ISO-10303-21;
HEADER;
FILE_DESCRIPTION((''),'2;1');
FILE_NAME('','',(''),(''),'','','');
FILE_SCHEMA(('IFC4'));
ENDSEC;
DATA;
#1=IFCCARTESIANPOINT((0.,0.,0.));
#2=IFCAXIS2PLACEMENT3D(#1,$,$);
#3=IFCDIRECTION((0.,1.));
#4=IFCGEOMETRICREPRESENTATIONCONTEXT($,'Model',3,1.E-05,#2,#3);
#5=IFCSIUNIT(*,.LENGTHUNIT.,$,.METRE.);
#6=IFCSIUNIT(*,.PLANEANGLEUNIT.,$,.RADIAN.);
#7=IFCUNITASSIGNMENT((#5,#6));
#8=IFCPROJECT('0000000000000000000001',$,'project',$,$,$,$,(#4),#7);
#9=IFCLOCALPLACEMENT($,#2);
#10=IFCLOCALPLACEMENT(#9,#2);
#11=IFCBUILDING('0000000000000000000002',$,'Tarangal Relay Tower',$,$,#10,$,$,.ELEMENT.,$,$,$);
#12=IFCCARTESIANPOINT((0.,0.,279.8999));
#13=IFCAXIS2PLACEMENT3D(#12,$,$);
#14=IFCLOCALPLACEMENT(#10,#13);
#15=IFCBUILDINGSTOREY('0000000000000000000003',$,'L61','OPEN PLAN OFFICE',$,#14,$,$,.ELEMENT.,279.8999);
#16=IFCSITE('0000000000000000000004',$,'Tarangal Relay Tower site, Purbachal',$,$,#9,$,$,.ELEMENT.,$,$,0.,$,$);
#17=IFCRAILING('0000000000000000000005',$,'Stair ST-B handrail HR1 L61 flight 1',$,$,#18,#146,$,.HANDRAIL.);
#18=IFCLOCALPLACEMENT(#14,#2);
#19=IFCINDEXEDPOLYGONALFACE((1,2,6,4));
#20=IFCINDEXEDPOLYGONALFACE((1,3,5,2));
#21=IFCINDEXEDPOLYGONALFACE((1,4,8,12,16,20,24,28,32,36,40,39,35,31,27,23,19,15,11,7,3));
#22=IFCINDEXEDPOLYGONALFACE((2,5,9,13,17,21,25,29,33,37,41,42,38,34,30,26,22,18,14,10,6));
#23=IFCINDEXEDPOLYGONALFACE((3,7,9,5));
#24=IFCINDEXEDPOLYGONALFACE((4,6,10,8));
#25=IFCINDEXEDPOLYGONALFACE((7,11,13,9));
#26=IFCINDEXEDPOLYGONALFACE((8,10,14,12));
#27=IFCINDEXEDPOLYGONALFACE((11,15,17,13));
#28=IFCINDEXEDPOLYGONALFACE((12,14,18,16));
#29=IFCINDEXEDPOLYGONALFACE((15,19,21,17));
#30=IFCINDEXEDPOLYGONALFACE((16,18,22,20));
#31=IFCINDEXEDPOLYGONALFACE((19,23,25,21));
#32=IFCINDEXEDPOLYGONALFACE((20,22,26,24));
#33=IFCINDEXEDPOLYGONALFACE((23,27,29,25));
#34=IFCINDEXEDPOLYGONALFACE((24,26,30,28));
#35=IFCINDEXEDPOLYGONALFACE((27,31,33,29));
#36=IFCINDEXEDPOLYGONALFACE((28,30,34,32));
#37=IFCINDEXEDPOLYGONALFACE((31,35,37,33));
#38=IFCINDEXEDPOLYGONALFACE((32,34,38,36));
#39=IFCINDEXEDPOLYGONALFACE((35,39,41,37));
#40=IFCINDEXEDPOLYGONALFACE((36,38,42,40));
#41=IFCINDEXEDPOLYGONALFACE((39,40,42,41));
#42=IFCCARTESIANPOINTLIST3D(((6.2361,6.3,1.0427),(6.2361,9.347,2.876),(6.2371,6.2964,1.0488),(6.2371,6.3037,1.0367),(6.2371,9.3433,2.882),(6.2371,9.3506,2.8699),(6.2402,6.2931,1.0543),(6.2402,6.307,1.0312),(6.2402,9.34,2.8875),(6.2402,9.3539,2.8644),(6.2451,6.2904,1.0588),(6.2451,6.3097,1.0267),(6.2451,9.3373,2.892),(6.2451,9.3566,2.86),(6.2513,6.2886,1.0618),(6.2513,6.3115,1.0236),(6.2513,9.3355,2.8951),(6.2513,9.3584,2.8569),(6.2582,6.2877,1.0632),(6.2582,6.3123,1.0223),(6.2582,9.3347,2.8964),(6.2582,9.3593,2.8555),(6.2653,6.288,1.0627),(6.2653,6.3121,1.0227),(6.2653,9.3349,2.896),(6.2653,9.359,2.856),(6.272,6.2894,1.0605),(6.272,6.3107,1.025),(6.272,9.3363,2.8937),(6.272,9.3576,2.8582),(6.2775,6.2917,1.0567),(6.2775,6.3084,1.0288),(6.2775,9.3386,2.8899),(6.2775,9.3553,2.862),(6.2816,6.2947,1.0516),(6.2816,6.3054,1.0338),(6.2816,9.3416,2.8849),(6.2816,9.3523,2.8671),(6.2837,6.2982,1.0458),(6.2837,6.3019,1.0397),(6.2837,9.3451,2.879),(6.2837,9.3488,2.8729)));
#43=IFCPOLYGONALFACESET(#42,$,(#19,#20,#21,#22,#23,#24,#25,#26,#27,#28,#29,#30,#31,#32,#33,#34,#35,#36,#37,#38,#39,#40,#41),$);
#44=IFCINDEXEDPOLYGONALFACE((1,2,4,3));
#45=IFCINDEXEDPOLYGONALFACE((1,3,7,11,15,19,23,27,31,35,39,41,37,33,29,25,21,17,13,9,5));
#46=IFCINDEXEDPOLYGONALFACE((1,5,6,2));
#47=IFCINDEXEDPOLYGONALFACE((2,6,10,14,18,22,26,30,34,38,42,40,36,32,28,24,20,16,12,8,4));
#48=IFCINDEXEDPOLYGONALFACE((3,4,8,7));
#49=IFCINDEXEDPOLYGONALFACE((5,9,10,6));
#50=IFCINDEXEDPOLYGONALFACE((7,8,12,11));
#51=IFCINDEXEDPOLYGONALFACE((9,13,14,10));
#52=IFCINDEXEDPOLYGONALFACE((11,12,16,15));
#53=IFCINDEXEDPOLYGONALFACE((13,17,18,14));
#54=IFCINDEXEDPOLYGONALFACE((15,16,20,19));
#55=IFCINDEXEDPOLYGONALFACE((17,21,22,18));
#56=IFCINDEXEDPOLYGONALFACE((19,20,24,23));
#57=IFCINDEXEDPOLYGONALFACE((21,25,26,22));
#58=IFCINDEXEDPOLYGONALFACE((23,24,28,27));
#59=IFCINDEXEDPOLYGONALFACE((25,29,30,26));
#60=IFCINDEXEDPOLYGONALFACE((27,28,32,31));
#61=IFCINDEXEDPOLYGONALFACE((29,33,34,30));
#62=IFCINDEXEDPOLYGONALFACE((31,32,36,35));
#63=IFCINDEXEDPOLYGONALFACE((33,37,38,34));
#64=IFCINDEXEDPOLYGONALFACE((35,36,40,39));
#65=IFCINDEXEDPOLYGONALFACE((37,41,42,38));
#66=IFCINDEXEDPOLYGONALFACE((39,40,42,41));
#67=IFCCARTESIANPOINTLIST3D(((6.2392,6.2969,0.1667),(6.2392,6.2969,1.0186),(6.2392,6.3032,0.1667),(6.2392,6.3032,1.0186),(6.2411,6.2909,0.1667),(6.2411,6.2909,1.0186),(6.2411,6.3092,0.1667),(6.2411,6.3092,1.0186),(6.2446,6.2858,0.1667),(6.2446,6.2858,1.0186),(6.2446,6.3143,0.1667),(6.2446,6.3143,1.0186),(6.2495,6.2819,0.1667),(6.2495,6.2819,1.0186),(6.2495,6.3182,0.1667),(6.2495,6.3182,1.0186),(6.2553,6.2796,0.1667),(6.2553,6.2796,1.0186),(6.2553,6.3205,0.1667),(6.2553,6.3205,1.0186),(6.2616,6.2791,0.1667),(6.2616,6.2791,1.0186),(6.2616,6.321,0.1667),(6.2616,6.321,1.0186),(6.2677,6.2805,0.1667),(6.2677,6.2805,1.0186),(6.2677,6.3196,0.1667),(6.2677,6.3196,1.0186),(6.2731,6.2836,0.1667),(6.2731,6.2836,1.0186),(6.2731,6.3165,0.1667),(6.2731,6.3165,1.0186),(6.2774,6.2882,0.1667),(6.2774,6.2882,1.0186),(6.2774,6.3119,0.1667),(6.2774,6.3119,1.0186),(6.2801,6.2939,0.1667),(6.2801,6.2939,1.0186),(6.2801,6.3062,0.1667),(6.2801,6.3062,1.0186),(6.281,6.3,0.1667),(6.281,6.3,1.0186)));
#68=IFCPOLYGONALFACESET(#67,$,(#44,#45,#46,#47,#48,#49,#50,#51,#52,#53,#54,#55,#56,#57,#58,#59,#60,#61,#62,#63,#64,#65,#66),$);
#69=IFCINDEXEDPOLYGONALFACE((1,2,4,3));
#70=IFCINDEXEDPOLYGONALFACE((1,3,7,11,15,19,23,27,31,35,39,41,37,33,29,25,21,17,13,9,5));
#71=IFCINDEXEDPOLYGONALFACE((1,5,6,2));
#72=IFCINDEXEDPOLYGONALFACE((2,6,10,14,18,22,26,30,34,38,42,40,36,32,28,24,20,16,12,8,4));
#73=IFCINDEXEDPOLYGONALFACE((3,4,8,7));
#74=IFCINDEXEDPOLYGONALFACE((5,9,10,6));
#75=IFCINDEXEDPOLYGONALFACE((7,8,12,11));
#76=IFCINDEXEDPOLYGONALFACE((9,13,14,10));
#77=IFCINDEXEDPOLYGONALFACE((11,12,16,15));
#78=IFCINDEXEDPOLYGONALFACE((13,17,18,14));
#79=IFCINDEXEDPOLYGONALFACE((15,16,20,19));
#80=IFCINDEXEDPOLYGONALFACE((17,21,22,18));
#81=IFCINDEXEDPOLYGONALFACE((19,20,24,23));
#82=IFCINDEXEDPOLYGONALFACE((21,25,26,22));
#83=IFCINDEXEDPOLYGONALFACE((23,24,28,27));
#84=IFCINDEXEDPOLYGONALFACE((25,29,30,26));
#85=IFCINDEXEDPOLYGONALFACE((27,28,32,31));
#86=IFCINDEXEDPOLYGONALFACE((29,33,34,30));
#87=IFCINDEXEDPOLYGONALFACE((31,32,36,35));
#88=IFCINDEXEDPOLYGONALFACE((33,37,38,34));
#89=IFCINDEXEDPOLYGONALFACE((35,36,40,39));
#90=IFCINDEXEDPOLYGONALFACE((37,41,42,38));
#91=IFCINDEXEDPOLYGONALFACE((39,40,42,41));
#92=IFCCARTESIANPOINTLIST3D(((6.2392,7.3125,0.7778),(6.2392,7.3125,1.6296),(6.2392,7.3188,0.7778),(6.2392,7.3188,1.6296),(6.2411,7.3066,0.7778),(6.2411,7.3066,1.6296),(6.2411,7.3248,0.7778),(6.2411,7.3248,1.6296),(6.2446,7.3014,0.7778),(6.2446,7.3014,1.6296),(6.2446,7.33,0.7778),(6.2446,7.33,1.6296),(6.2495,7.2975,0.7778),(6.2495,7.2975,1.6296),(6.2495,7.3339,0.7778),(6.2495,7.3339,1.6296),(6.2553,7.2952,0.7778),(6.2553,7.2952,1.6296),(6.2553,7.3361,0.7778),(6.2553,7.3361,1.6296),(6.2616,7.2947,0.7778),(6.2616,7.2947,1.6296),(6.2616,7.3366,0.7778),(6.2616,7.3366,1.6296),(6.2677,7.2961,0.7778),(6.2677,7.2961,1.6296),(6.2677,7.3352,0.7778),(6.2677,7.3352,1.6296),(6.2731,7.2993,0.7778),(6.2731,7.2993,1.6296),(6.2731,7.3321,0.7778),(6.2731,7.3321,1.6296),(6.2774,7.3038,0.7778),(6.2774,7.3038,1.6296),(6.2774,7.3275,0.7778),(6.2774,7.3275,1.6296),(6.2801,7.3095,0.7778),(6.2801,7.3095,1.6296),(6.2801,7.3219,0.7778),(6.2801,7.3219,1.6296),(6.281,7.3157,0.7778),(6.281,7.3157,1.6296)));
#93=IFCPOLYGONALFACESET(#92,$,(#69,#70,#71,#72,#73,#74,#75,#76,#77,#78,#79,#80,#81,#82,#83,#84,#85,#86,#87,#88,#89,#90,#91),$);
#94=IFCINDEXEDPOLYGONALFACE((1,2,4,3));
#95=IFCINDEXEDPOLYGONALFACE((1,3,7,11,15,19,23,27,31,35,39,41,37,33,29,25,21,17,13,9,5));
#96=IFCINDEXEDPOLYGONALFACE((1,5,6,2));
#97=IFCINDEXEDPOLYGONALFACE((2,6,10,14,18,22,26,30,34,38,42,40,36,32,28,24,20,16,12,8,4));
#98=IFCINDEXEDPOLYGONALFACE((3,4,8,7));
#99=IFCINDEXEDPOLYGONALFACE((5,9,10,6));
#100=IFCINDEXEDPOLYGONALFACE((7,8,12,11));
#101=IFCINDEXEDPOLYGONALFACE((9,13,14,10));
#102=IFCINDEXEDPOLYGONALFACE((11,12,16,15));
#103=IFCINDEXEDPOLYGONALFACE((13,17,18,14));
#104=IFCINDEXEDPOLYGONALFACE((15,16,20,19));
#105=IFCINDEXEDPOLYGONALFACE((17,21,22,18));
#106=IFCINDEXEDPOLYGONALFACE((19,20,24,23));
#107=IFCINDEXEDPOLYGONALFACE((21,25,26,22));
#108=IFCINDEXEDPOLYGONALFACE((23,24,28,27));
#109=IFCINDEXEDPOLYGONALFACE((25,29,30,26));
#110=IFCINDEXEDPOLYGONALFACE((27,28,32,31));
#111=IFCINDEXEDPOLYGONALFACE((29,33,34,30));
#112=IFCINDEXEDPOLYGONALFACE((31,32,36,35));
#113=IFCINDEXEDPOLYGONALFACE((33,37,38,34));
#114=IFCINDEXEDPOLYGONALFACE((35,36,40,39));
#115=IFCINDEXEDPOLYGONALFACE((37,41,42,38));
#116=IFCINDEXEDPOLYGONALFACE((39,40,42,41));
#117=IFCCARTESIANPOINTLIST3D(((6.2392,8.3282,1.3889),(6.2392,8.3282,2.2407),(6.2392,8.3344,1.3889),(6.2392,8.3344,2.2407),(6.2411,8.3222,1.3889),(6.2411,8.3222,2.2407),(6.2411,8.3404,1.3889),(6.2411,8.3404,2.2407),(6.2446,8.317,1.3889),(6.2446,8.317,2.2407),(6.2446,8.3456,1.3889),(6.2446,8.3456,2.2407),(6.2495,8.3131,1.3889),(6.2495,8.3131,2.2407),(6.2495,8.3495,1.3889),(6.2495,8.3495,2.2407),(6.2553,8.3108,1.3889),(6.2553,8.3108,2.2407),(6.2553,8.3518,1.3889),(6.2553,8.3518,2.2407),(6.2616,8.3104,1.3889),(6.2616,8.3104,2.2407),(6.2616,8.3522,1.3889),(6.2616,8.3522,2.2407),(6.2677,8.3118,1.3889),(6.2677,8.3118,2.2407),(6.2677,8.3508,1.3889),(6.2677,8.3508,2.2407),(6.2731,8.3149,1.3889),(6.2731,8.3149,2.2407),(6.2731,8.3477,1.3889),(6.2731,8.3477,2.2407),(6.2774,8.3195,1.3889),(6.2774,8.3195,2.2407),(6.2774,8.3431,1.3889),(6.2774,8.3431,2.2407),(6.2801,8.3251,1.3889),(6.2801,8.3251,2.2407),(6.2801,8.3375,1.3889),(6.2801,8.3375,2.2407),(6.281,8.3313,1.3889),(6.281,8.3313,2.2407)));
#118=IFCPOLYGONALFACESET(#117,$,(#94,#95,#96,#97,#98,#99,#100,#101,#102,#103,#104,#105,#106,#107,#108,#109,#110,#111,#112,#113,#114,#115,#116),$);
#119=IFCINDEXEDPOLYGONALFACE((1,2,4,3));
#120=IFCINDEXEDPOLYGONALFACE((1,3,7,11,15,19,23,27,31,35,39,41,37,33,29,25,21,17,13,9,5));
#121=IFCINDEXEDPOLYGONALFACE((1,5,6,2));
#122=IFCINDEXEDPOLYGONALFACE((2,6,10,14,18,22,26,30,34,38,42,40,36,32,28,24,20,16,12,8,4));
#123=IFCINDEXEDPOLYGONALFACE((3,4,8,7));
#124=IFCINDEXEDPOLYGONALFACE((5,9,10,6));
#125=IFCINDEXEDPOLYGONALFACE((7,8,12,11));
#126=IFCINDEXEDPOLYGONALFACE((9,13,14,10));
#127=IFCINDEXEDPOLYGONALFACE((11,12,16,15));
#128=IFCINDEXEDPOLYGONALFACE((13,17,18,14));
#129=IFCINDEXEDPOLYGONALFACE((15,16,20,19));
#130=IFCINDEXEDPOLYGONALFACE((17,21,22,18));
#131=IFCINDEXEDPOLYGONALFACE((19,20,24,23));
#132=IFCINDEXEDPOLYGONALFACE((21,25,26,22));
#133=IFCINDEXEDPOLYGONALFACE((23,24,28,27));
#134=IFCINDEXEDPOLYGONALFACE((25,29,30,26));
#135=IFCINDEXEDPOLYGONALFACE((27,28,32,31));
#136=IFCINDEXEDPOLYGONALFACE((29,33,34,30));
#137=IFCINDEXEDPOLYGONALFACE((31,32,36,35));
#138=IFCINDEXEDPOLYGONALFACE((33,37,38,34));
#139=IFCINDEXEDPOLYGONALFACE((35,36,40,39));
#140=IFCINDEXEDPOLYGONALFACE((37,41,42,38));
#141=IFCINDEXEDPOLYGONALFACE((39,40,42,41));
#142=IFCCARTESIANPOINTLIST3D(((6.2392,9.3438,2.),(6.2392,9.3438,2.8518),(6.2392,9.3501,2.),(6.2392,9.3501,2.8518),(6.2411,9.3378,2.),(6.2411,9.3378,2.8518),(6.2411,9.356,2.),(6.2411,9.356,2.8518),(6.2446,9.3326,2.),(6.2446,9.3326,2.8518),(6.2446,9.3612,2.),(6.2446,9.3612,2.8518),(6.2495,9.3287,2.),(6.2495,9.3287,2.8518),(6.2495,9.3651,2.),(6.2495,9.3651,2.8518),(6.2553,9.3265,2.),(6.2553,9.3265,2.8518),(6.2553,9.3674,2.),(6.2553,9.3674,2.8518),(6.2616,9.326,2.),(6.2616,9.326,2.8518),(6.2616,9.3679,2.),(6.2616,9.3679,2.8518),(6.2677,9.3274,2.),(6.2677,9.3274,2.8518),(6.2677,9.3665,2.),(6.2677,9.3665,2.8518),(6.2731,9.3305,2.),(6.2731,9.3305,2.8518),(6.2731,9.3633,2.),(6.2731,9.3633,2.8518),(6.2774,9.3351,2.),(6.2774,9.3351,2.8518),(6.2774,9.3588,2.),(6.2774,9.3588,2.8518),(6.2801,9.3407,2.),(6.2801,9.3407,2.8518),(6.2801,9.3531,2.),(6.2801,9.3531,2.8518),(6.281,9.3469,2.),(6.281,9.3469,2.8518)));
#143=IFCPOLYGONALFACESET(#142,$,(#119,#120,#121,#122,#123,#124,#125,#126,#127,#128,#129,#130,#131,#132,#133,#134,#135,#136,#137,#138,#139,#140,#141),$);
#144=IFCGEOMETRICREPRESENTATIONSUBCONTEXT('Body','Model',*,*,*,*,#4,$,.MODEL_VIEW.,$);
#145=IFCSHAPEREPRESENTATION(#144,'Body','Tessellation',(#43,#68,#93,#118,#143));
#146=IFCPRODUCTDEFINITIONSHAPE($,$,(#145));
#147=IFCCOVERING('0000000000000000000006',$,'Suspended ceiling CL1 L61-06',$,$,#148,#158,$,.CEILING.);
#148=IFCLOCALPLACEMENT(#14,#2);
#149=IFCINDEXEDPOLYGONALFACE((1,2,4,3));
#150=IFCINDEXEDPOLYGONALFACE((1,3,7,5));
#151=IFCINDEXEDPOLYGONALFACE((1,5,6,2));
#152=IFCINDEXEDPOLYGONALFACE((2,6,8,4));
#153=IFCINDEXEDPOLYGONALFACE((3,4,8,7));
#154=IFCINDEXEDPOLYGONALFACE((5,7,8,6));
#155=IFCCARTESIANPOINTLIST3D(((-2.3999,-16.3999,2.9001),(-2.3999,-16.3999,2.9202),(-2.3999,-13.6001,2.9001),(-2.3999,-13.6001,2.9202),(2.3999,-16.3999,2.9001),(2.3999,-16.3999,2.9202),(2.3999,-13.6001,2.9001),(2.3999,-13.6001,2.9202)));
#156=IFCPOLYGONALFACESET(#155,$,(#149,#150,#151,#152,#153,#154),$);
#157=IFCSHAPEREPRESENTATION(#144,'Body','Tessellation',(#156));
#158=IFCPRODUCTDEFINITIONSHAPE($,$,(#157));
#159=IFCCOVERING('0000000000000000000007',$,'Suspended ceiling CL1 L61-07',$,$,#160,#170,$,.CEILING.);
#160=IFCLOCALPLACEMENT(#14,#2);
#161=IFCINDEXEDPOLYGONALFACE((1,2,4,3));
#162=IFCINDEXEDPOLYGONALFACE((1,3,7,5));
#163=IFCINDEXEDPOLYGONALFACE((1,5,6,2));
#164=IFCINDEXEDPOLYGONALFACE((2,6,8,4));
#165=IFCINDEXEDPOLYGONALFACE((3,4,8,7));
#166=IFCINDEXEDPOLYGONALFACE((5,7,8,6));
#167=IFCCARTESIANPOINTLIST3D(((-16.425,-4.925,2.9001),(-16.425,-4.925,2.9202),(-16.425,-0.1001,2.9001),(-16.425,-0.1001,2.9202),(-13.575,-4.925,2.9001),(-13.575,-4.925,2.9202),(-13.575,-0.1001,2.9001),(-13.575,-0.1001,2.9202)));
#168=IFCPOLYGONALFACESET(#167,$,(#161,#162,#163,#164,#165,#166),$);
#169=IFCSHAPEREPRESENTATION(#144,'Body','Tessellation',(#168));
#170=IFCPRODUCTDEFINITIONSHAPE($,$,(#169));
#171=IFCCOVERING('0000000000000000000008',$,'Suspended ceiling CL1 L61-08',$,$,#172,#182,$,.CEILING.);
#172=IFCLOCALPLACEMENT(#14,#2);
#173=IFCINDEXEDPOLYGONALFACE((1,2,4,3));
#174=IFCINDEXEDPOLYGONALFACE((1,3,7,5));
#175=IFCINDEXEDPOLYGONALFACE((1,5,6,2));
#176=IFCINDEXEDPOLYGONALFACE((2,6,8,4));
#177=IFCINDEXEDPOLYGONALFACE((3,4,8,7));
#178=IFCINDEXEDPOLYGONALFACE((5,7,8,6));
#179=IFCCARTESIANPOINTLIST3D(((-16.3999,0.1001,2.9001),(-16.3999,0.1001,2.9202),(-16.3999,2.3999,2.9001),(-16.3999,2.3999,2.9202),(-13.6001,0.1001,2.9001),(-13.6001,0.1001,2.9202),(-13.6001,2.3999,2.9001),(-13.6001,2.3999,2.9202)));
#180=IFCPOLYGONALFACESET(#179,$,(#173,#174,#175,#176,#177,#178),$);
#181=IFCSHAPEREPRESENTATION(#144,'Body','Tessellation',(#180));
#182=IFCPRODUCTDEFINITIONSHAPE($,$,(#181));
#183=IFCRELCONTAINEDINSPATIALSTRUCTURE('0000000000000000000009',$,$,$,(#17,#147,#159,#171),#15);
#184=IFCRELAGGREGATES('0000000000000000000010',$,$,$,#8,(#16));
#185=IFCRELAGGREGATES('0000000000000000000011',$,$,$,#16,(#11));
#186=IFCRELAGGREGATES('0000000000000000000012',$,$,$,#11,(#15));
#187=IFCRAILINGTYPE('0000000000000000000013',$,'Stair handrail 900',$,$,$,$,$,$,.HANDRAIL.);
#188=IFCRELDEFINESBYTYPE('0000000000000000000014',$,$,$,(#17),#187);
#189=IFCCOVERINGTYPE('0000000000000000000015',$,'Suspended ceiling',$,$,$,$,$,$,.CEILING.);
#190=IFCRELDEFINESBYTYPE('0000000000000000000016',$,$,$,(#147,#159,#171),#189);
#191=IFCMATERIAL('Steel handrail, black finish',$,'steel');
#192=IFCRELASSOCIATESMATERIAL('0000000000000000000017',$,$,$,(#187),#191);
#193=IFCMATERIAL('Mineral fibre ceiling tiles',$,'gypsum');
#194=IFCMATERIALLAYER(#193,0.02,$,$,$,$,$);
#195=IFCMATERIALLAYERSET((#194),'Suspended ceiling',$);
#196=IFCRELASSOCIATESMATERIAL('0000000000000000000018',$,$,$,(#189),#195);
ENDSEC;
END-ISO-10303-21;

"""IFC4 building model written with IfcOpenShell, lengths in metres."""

from ifc_helpers import new_model, si_unit, direction, frame, origin, origin_2d, place, context, subcontext, project, spatial, polyline, circle, outline, extrude, material, layer, layer_set, type_object, element, save


model = new_model("IFC4")

# Units and contexts
model_context = context("Model", 3, precision=1e-05, world=origin(), true_north=direction((0.0, 1.0)))
body_context = subcontext(model_context, "Body", "Model", "MODEL_VIEW")
ifc_project = project(units=[si_unit("LENGTHUNIT", "METRE"), si_unit("PLANEANGLEUNIT", "RADIAN")], contexts=[model_context])

# Site, building, storey
site_placement = place(None, origin())
site = spatial("IfcSite", under=ifc_project, at=site_placement, Name="Tarangal Relay Tower site, Purbachal", CompositionType="ELEMENT", RefElevation=0.0)
building_placement = place(site_placement, origin())
building = spatial("IfcBuilding", under=site, at=building_placement, Name="Tarangal Relay Tower", CompositionType="ELEMENT")
storey_placement = place(building_placement, frame((0.0, 0.0, 279.8999)))
storey = spatial("IfcBuildingStorey", under=building, at=storey_placement, Name="L61", Description="OPEN PLAN OFFICE", CompositionType="ELEMENT", Elevation=279.8999)

# Railing
ifc_material_1 = material(Name="Steel handrail, black finish", Category="steel")
railing_type_1 = type_object("IfcRailingType", Name="Stair handrail 900", PredefinedType="HANDRAIL", material=ifc_material_1)
railing_1_placement = place(storey_placement, frame((6.26, 6.3, 0.1667)))
element("IfcRailing", 1, at=railing_1_placement, inside=storey, type_object=railing_type_1, Name="Stair ST-B handrail HR1 L61 flight 1", PredefinedType="HANDRAIL", context=body_context, shape_type="SweptSolid", body=[
    extrude(circle(Radius=0.0239, at=origin_2d()), frame((0.0, 0.0, 0.876), z_axis=(0.0, 0.856856, 0.515556), x_axis=(-1.0, 0.0, 0.0)), (0.0, 0.0, 1.0), 3.5559),
    extrude(circle(Radius=0.021, at=origin_2d()), origin(), (0.0, 0.0, 1.0), 0.8518),
    extrude(circle(Radius=0.021, at=origin_2d()), frame((0.0, 1.0156, 0.6111)), (0.0, 0.0, 1.0), 0.8518),
    extrude(circle(Radius=0.021, at=origin_2d()), frame((0.0, 2.0312, 1.2222)), (0.0, 0.0, 1.0), 0.8518),
    extrude(circle(Radius=0.021, at=origin_2d()), frame((0.0, 3.0469, 1.8333)), (0.0, 0.0, 1.0), 0.8518),
])

# Coverings
ifc_material_2 = material(Name="Mineral fibre ceiling tiles", Category="gypsum")
ifc_layer_1 = layer(ifc_material_2, 0.02)
ifc_layer_set_1 = layer_set([ifc_layer_1], Name="Suspended ceiling")
covering_type = type_object("IfcCoveringType", Name="Suspended ceiling", PredefinedType="CEILING", material=ifc_layer_set_1)
covering_1_placement = place(storey_placement, frame((0.0, 0.0, 2.9001)))
element("IfcCovering", 2, at=covering_1_placement, inside=storey, type_object=covering_type, Name="Suspended ceiling CL1 L61-06", PredefinedType="CEILING", context=body_context, shape_type="SweptSolid", body=[
    extrude(outline(polyline([(-2.3999, -16.3999), (2.3999, -16.3999), (2.3999, -13.6001), (-2.3999, -13.6001), (-2.3999, -16.3999)])), origin(), (0.0, 0.0, 1.0), 0.02),
])
covering_2_placement = place(storey_placement, frame((0.0, 0.0, 2.9001)))
element("IfcCovering", 3, at=covering_2_placement, inside=storey, type_object=covering_type, Name="Suspended ceiling CL1 L61-07", PredefinedType="CEILING", context=body_context, shape_type="SweptSolid", body=[
    extrude(outline(polyline([(-16.425, -4.925), (-13.575, -4.925), (-13.575, -0.1001), (-16.425, -0.1001), (-16.425, -4.925)])), origin(), (0.0, 0.0, 1.0), 0.02),
])
covering_3_placement = place(storey_placement, frame((0.0, 0.0, 2.9001)))
element("IfcCovering", 4, at=covering_3_placement, inside=storey, type_object=covering_type, Name="Suspended ceiling CL1 L61-08", PredefinedType="CEILING", context=body_context, shape_type="SweptSolid", body=[
    extrude(outline(polyline([(-13.6001, 2.3999), (-16.3999, 2.3999), (-16.3999, 0.1001), (-13.6001, 0.1001), (-13.6001, 2.3999)])), origin(), (0.0, 0.0, 1.0), 0.02),
])

save(model, "model.ifc")
